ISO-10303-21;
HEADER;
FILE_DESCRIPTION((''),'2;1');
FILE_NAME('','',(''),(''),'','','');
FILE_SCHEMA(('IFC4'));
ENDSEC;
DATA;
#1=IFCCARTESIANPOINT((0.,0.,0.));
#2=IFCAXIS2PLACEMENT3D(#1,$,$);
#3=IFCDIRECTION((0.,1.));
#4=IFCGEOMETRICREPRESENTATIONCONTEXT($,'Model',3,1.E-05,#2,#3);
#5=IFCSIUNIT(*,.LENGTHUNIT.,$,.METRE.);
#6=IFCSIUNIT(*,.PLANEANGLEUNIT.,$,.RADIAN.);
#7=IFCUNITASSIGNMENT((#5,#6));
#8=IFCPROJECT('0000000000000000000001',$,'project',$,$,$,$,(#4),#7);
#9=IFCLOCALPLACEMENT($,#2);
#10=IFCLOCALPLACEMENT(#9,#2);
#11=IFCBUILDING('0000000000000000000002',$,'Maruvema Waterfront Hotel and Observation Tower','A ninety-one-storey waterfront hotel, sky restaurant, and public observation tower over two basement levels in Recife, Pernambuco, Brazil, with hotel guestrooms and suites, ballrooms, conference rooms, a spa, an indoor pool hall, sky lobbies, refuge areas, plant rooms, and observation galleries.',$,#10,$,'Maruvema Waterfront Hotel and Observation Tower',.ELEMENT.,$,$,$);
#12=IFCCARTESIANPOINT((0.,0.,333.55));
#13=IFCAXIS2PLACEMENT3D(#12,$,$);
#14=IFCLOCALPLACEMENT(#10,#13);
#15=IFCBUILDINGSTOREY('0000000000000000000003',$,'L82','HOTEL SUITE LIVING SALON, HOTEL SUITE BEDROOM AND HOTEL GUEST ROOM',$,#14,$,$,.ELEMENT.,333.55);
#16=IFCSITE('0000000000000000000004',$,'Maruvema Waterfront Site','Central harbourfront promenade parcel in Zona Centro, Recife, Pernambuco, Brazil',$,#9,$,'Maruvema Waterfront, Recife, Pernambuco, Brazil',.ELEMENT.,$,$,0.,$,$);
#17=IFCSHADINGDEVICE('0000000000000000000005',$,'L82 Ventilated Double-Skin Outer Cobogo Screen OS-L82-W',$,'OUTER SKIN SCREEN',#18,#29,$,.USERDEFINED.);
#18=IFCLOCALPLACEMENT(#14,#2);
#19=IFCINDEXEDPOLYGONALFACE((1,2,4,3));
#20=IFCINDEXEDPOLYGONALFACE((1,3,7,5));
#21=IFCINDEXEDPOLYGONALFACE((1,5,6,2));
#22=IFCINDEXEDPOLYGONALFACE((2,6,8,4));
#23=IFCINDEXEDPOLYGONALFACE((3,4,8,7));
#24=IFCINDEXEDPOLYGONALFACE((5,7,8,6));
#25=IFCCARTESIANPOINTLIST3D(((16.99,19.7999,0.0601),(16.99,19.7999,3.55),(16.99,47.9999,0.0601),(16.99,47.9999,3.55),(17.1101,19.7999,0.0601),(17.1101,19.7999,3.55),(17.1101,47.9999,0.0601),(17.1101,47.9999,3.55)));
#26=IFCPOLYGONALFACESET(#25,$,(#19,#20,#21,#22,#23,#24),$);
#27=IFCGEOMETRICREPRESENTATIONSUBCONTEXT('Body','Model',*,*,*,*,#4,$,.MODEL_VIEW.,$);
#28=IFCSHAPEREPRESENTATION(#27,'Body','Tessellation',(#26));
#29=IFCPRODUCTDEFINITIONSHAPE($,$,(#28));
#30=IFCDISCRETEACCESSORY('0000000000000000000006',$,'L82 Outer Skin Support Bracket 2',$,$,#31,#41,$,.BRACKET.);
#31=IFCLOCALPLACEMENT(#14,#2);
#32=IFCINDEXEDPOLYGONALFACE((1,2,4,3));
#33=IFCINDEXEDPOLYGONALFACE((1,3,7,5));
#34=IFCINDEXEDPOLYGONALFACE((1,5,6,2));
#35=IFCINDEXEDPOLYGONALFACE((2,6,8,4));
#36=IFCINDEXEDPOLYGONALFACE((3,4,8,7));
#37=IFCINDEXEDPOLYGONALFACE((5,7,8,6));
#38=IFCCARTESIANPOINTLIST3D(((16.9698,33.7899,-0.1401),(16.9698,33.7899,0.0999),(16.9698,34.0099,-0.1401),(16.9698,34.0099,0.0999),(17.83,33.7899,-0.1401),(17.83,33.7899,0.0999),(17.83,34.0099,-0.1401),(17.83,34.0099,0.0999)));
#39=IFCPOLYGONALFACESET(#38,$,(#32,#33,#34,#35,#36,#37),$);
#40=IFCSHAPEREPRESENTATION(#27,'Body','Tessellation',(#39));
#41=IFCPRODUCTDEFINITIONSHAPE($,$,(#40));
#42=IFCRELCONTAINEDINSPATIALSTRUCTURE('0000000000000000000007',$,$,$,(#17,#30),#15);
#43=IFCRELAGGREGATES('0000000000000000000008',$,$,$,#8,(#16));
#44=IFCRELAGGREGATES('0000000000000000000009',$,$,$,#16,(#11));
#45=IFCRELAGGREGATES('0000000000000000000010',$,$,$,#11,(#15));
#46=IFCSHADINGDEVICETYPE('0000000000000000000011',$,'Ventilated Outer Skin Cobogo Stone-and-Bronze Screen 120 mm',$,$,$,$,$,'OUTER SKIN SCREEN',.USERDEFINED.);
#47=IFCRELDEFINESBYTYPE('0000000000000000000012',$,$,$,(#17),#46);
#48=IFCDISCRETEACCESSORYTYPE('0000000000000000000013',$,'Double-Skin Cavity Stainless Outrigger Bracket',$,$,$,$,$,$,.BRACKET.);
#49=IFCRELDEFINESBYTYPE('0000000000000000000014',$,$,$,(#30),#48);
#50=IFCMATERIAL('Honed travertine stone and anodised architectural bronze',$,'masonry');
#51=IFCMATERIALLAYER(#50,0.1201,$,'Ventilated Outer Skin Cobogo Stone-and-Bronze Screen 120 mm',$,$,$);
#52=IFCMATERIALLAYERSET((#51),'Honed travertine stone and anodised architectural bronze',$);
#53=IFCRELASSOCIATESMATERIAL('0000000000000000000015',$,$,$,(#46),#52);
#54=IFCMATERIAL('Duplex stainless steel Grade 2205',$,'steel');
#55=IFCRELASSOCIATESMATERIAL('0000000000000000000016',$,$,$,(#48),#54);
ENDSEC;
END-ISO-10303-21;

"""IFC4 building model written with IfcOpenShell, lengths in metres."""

from ifc_helpers import new_model, si_unit, direction, frame, origin, origin_2d, place, context, subcontext, project, spatial, rectangle, extrude, material, layer, layer_set, type_object, element, save


model = new_model("IFC4")

# Units and contexts
model_context = context("Model", 3, precision=1e-05, world=origin(), true_north=direction((0.0, 1.0)))
body_context = subcontext(model_context, "Body", "Model", "MODEL_VIEW")
ifc_project = project(units=[si_unit("LENGTHUNIT", "METRE"), si_unit("PLANEANGLEUNIT", "RADIAN")], contexts=[model_context])

# Site, building, storey
site_placement = place(None, origin())
site = spatial("IfcSite", under=ifc_project, at=site_placement, Name="Maruvema Waterfront Site", Description="Central harbourfront promenade parcel in Zona Centro, Recife, Pernambuco, Brazil", LongName="Maruvema Waterfront, Recife, Pernambuco, Brazil", CompositionType="ELEMENT", RefElevation=0.0)
building_placement = place(site_placement, origin())
building = spatial("IfcBuilding", under=site, at=building_placement, Name="Maruvema Waterfront Hotel and Observation Tower", Description="A ninety-one-storey waterfront hotel, sky restaurant, and public observation tower over two basement levels in Recife, Pernambuco, Brazil, with hotel guestrooms and suites, ballrooms, conference rooms, a spa, an indoor pool hall, sky lobbies, refuge areas, plant rooms, and observation galleries.", LongName="Maruvema Waterfront Hotel and Observation Tower", CompositionType="ELEMENT")
storey_placement = place(building_placement, frame((0.0, 0.0, 333.55)))
storey = spatial("IfcBuildingStorey", under=building, at=storey_placement, Name="L82", Description="HOTEL SUITE LIVING SALON, HOTEL SUITE BEDROOM AND HOTEL GUEST ROOM", CompositionType="ELEMENT", Elevation=333.55)

# Shading device
ifc_material_1 = material(Name="Honed travertine stone and anodised architectural bronze", Category="masonry")
ifc_layer_1 = layer(ifc_material_1, 0.1201, Name="Ventilated Outer Skin Cobogo Stone-and-Bronze Screen 120 mm")
ifc_layer_set_1 = layer_set([ifc_layer_1], Name="Honed travertine stone and anodised architectural bronze")
shading_device_type = type_object("IfcShadingDeviceType", Name="Ventilated Outer Skin Cobogo Stone-and-Bronze Screen 120 mm", ElementType="OUTER SKIN SCREEN", PredefinedType="USERDEFINED", material=ifc_layer_set_1)
shading_device_placement = place(storey_placement, frame((17.05, 33.8999, 0.0601), z_axis=(0.0, 0.0, 1.0), x_axis=(0.0, -1.0, 0.0)))
element("IfcShadingDevice", 1, at=shading_device_placement, inside=storey, type_object=shading_device_type, Name="L82 Ventilated Double-Skin Outer Cobogo Screen OS-L82-W", ObjectType="OUTER SKIN SCREEN", PredefinedType="USERDEFINED", context=body_context, shape_type="SweptSolid", body=[
    extrude(rectangle(XDim=28.2, YDim=0.1201, at=origin_2d()), origin(), (0.0, 0.0, 1.0), 3.49),
])

# Discrete accessory
ifc_material_2 = material(Name="Duplex stainless steel Grade 2205", Category="steel")
discrete_accessory_type = type_object("IfcDiscreteAccessoryType", Name="Double-Skin Cavity Stainless Outrigger Bracket", PredefinedType="BRACKET", material=ifc_material_2)
discrete_accessory_placement = place(storey_placement, frame((17.3999, 33.8999, -0.1401), z_axis=(0.0, 0.0, 1.0), x_axis=(0.0, -1.0, 0.0)))
element("IfcDiscreteAccessory", 2, at=discrete_accessory_placement, inside=storey, type_object=discrete_accessory_type, Name="L82 Outer Skin Support Bracket 2", PredefinedType="BRACKET", context=body_context, shape_type="SweptSolid", body=[
    extrude(rectangle(XDim=0.22, YDim=0.8601, at=origin_2d()), origin(), (0.0, 0.0, 1.0), 0.24),
])

save(model, "model.ifc")
